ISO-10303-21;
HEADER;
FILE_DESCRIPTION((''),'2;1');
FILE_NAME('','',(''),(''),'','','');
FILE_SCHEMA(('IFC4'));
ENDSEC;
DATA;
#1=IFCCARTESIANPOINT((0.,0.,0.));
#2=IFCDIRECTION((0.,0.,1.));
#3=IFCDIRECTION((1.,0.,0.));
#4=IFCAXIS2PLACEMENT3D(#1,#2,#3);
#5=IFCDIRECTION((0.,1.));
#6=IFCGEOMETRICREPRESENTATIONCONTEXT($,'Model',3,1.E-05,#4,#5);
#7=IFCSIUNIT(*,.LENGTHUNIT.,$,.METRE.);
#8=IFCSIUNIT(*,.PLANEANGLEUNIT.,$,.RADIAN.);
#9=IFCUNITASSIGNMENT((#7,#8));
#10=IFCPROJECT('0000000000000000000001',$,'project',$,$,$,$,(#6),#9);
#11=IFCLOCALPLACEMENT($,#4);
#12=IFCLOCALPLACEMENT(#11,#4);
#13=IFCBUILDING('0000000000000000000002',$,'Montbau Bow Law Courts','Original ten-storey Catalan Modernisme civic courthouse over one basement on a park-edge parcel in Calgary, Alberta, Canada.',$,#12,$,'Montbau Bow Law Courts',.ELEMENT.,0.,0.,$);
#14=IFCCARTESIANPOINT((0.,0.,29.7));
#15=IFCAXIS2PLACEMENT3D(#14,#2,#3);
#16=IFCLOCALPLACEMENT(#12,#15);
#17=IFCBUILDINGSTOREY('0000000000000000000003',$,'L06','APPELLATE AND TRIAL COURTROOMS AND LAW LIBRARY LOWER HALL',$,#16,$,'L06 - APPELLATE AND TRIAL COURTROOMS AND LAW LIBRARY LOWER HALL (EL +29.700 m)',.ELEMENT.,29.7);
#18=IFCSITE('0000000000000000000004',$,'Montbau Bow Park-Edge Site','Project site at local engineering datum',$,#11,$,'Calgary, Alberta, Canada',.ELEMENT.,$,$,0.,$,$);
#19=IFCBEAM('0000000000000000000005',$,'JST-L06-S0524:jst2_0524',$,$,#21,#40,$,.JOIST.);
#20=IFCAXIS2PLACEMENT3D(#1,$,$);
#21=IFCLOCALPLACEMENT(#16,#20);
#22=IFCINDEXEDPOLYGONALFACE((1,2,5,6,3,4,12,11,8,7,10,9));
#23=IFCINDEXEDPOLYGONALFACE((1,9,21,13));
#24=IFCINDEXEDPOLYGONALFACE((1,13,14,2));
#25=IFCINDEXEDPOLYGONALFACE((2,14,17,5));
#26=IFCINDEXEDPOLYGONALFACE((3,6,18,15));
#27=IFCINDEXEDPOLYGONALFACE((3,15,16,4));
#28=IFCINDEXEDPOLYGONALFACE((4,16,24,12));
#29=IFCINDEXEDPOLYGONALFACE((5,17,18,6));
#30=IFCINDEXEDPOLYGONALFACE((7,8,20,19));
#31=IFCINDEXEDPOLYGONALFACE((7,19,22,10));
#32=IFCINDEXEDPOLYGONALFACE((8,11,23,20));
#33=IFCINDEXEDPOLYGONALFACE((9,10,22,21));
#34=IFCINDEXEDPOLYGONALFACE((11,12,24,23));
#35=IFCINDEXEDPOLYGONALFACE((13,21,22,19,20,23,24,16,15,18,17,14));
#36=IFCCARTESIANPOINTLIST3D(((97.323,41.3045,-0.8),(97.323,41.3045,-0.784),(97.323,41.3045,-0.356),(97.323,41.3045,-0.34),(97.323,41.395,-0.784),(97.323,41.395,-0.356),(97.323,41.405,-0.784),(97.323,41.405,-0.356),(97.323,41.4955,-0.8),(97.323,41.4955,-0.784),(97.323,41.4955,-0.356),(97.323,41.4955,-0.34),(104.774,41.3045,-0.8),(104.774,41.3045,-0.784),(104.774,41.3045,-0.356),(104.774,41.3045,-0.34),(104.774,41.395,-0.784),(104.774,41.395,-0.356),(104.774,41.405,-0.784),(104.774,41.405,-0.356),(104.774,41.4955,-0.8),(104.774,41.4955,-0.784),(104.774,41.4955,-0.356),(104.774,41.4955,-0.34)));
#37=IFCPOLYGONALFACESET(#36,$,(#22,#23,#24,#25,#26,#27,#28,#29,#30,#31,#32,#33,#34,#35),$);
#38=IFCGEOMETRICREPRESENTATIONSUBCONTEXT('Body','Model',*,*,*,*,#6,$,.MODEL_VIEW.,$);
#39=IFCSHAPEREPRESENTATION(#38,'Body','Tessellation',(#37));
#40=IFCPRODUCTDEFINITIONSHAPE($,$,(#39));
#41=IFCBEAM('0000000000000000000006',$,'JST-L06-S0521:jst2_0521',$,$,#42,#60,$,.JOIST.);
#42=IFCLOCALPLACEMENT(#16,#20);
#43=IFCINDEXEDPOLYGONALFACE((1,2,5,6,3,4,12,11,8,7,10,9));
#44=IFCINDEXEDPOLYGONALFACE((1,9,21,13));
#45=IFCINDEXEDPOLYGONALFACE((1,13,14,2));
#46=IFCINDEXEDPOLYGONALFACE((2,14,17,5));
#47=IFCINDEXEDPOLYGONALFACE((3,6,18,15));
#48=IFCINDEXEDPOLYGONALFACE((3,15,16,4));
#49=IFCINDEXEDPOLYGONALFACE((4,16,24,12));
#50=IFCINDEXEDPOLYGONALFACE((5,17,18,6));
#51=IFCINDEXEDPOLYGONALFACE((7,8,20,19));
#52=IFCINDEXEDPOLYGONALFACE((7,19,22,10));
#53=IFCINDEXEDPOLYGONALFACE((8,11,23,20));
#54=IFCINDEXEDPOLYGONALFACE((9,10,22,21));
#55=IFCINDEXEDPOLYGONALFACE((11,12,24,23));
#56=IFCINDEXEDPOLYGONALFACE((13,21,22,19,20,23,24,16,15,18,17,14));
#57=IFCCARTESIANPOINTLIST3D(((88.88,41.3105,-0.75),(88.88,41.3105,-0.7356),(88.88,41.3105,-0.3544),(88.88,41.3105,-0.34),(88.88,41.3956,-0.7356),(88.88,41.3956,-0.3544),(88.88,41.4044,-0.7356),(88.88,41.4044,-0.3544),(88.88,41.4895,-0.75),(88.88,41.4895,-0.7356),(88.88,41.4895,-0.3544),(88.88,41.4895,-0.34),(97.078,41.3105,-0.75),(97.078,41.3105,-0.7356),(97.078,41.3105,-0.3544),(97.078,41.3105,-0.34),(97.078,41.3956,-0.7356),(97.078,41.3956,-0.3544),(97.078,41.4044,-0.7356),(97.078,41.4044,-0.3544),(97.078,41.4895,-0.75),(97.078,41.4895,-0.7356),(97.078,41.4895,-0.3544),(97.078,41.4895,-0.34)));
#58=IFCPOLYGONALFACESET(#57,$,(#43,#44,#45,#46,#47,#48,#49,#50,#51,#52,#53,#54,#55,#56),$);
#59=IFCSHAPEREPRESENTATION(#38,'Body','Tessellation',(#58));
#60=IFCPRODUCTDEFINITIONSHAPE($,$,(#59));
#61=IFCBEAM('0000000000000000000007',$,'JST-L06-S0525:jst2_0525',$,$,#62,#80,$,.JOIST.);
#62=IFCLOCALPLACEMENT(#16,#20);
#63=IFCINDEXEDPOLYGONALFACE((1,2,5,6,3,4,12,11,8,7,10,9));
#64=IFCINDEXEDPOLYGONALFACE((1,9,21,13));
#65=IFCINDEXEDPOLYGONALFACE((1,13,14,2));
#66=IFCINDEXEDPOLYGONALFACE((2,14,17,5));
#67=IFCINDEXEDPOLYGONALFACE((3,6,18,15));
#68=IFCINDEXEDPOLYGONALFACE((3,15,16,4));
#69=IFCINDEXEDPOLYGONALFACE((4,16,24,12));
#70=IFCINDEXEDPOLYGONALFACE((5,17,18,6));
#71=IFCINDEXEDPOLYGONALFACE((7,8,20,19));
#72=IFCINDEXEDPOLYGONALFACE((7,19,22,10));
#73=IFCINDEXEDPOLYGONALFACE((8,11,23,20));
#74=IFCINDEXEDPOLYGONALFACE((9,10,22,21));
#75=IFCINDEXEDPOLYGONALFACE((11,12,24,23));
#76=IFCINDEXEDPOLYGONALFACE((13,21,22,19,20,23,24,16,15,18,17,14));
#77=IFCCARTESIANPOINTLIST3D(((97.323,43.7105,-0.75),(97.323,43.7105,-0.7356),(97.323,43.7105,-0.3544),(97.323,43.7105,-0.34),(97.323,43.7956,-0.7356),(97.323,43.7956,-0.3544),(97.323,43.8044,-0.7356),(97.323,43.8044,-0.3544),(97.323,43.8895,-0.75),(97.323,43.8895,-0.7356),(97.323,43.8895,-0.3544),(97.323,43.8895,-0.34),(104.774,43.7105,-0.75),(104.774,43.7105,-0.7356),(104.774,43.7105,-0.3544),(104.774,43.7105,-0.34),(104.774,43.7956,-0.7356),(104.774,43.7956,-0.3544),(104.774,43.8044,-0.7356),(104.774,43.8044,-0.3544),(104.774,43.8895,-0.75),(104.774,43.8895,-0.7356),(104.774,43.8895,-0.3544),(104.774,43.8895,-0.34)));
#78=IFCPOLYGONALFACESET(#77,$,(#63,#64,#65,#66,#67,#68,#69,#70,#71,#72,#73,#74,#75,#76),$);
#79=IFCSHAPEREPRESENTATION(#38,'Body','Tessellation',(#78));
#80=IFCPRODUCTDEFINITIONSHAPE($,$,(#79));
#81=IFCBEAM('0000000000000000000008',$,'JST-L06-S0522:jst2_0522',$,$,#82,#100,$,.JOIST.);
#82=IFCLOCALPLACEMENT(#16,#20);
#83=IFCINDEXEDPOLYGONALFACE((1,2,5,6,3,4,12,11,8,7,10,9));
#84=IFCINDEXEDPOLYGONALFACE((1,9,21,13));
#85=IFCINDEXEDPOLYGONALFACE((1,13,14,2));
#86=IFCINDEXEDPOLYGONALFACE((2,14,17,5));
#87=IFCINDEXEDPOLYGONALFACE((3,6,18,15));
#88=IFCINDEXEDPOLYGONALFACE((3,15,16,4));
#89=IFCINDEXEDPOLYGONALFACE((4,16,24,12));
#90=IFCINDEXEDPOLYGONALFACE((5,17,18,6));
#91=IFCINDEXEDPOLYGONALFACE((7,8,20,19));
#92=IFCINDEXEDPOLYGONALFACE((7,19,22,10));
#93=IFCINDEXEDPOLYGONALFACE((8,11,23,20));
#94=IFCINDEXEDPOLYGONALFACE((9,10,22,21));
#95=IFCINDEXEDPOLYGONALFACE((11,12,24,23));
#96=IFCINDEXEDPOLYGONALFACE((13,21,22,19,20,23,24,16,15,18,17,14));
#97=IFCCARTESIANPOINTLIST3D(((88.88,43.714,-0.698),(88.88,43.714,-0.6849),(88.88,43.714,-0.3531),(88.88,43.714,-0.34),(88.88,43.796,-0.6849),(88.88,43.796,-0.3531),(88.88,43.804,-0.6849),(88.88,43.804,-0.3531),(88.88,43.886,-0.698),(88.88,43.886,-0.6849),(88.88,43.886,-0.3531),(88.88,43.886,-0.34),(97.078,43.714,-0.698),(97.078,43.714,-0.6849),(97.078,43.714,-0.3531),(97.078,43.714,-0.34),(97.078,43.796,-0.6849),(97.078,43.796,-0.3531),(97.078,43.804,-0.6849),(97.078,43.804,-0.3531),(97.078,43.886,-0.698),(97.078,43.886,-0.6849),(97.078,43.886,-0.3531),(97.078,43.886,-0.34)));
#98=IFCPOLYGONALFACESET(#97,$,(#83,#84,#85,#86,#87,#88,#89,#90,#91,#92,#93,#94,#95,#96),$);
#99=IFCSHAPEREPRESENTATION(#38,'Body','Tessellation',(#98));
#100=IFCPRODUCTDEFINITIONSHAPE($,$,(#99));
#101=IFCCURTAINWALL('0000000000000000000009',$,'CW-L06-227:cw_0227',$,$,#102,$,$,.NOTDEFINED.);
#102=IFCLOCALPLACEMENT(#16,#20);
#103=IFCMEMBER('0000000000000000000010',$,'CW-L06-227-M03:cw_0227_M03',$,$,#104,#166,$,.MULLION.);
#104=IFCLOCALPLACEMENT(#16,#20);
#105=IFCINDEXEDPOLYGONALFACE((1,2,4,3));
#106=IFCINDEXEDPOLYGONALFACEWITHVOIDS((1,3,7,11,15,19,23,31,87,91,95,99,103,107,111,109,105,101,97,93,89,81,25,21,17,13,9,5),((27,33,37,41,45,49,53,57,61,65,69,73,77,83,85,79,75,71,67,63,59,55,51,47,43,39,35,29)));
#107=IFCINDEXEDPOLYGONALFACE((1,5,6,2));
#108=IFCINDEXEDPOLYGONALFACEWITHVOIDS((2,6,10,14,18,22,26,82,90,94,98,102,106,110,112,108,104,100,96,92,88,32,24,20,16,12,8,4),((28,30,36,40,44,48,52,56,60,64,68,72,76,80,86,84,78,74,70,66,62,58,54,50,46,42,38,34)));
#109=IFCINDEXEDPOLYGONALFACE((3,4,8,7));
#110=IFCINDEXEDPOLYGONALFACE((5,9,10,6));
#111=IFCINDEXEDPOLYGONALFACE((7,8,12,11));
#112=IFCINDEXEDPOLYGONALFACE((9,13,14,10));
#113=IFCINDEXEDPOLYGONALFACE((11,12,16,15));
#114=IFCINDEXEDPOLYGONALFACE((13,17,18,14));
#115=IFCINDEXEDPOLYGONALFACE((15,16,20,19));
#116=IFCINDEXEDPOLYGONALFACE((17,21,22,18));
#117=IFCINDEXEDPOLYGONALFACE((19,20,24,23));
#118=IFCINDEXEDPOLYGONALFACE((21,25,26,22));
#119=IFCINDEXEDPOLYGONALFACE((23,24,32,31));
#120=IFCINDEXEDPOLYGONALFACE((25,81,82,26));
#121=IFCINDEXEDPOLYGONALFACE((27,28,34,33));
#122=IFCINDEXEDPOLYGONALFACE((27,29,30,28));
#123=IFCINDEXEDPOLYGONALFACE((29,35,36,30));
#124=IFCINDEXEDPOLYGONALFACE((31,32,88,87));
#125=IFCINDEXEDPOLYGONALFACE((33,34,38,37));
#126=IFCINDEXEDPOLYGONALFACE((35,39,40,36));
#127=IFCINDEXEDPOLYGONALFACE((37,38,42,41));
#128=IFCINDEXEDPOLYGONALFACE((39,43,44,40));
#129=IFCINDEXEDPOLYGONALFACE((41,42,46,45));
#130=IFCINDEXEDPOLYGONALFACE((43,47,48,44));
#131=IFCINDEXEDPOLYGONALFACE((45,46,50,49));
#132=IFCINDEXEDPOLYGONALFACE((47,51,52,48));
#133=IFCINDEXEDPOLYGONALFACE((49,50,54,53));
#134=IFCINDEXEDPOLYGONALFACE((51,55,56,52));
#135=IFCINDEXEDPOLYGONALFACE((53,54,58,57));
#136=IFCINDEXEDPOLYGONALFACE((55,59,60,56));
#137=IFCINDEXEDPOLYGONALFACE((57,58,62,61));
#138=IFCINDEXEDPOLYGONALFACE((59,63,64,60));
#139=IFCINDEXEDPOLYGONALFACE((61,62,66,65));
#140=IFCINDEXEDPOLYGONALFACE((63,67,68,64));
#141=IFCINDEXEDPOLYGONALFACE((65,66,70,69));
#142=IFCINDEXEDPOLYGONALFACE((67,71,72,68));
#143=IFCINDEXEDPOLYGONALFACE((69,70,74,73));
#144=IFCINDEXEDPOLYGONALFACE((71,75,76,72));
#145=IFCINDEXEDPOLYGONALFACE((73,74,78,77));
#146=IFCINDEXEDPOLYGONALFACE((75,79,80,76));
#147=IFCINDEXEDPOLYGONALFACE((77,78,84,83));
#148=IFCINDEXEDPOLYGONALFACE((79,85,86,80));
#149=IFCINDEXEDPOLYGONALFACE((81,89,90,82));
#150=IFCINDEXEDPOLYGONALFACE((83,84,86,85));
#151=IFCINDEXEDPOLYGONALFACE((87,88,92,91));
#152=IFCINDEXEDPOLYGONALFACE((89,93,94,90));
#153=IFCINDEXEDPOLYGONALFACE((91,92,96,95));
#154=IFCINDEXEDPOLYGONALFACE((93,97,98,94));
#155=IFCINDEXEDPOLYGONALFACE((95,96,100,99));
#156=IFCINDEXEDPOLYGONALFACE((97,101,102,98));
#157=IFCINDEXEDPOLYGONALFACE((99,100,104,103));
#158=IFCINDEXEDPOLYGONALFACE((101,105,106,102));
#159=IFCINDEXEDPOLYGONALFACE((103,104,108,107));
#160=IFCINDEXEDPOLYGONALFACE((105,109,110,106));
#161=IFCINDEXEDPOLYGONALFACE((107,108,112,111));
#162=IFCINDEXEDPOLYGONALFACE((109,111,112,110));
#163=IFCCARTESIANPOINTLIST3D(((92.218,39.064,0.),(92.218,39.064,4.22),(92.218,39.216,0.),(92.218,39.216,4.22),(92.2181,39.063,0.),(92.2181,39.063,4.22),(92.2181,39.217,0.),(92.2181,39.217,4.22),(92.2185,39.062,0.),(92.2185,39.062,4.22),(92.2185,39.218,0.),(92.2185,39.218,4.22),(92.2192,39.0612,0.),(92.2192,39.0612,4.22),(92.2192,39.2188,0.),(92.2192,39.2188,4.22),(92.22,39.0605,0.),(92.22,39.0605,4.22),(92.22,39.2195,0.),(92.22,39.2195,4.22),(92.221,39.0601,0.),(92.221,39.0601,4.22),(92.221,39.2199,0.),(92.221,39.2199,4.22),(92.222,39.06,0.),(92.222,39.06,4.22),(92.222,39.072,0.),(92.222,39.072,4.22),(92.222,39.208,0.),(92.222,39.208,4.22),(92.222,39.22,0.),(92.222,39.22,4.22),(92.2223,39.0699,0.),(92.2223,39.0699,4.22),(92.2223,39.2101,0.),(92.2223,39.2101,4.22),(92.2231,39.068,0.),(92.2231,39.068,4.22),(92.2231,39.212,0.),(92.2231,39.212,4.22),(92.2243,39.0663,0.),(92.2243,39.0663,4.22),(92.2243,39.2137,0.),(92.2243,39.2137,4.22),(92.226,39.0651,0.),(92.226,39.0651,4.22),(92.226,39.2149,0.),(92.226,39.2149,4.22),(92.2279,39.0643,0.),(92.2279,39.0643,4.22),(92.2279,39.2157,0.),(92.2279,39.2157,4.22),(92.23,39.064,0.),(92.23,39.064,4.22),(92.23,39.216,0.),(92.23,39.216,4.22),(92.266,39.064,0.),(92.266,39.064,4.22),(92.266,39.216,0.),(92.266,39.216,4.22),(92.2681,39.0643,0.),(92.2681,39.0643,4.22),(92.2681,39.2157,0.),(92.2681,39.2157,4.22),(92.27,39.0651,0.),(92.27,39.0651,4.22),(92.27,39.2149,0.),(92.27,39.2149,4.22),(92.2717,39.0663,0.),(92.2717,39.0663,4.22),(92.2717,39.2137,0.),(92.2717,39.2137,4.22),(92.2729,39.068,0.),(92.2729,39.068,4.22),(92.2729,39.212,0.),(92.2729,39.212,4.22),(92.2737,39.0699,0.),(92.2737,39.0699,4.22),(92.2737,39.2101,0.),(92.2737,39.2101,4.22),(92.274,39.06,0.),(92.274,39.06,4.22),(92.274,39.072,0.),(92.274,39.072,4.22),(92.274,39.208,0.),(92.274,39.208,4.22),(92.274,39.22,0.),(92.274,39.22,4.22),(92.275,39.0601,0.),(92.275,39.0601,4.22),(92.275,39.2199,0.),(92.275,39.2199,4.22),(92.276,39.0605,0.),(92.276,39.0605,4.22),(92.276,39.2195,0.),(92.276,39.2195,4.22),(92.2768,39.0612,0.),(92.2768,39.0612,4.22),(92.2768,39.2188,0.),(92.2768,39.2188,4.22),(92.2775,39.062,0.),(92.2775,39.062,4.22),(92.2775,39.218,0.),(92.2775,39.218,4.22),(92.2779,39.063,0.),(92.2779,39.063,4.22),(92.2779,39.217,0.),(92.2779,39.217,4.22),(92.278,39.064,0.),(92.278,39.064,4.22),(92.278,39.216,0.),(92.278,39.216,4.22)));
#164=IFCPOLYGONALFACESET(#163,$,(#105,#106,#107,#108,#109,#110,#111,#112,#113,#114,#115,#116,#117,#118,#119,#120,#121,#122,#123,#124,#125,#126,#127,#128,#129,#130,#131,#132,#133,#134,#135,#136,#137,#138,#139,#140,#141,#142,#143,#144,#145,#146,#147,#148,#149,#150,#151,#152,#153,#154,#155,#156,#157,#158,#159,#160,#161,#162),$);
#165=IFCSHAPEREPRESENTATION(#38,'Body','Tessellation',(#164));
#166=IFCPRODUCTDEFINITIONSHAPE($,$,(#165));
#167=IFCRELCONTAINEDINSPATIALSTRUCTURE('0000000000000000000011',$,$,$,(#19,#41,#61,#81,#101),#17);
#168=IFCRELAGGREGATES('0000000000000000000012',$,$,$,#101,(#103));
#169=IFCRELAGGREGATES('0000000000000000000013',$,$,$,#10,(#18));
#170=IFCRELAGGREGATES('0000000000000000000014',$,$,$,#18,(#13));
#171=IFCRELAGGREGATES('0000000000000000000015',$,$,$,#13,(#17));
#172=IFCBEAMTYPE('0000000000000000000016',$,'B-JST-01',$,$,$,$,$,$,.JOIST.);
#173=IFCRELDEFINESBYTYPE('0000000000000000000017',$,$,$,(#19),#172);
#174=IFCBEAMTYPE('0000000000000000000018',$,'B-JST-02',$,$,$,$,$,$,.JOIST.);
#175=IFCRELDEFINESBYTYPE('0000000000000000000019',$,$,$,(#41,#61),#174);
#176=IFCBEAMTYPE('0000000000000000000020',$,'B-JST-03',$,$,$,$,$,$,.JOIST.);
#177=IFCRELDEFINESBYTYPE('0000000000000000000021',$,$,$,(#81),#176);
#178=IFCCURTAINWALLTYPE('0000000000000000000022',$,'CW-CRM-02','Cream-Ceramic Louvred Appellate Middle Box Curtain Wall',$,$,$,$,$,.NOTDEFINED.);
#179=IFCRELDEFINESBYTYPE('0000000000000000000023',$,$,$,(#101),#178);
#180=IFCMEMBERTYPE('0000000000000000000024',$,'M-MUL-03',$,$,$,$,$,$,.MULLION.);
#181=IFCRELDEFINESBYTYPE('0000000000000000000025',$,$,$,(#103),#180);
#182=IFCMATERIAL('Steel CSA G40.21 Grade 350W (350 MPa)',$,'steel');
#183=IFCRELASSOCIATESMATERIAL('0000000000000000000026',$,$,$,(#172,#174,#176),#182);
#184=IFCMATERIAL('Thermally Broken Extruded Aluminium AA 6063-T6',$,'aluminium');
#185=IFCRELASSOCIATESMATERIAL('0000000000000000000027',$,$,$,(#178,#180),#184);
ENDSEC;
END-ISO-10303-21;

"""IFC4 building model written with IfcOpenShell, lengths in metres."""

from ifc_helpers import new_model, si_unit, direction, frame, origin_with_axes, origin_2d_with_axis, place, context, subcontext, project, spatial, hollow_rectangle, i_section, extrude, material, material_profile, profile_set, type_object, element, aggregate, save


model = new_model("IFC4")

# Units and contexts
model_context = context("Model", 3, precision=1e-05, world=origin_with_axes(), true_north=direction((0.0, 1.0)))
body_context = subcontext(model_context, "Body", "Model", "MODEL_VIEW")
ifc_project = project(units=[si_unit("LENGTHUNIT", "METRE"), si_unit("PLANEANGLEUNIT", "RADIAN")], contexts=[model_context])

# Site, building, storey
site_placement = place(None, origin_with_axes())
site = spatial("IfcSite", under=ifc_project, at=site_placement, Name="Montbau Bow Park-Edge Site", Description="Project site at local engineering datum", LongName="Calgary, Alberta, Canada", CompositionType="ELEMENT", RefElevation=0.0)
building_placement = place(site_placement, origin_with_axes())
building = spatial("IfcBuilding", under=site, at=building_placement, Name="Montbau Bow Law Courts", Description="Original ten-storey Catalan Modernisme civic courthouse over one basement on a park-edge parcel in Calgary, Alberta, Canada.", LongName="Montbau Bow Law Courts", CompositionType="ELEMENT", ElevationOfRefHeight=0.0, ElevationOfTerrain=0.0)
storey_placement = place(building_placement, frame((0.0, 0.0, 29.7), z_axis=(0.0, 0.0, 1.0), x_axis=(1.0, 0.0, 0.0)))
storey = spatial("IfcBuildingStorey", under=building, at=storey_placement, Name="L06", Description="APPELLATE AND TRIAL COURTROOMS AND LAW LIBRARY LOWER HALL", LongName="L06 - APPELLATE AND TRIAL COURTROOMS AND LAW LIBRARY LOWER HALL (EL +29.700 m)", CompositionType="ELEMENT", Elevation=29.7)

# Beams
ifc_material_1 = material(Name="Steel CSA G40.21 Grade 350W (350 MPa)", Category="steel")
ifc_material_profile_1 = material_profile(ifc_material_1, i_section(OverallWidth=0.191, OverallDepth=0.46, WebThickness=0.0099, FlangeThickness=0.016, at=origin_2d_with_axis()), Name="W460X82", Category="Main", Priority=0)
ifc_profile_set_1 = profile_set([ifc_material_profile_1], Name="Steel CSA G40.21 Grade 350W (350 MPa)")
beam_type_1 = type_object("IfcBeamType", Name="B-JST-01", PredefinedType="JOIST", material=ifc_profile_set_1)
beam_1_placement = place(None, frame((97.323, 41.4, 29.13), z_axis=(1.0, 0.0, 0.0), x_axis=(0.0, 1.0, 0.0)))
element("IfcBeam", 1, at=beam_1_placement, inside=storey, type_object=beam_type_1, Name="JST-L06-S0524:jst2_0524", PredefinedType="JOIST", context=body_context, shape_type="SweptSolid", body=[
    extrude(i_section(OverallWidth=0.191, OverallDepth=0.46, WebThickness=0.0099, FlangeThickness=0.016, at=origin_2d_with_axis()), origin_with_axes(), (0.0, 0.0, 1.0), 7.451),
])
ifc_material_profile_2 = material_profile(ifc_material_1, i_section(OverallWidth=0.179, OverallDepth=0.41, WebThickness=0.0088, FlangeThickness=0.0144, at=origin_2d_with_axis()), Name="W410X67", Category="Main", Priority=0)
ifc_profile_set_2 = profile_set([ifc_material_profile_2], Name="Steel CSA G40.21 Grade 350W (350 MPa)")
beam_type_2 = type_object("IfcBeamType", Name="B-JST-02", PredefinedType="JOIST", material=ifc_profile_set_2)
beam_2_placement = place(None, frame((88.88, 41.4, 29.155), z_axis=(1.0, 0.0, 0.0), x_axis=(0.0, 1.0, 0.0)))
element("IfcBeam", 2, at=beam_2_placement, inside=storey, type_object=beam_type_2, Name="JST-L06-S0521:jst2_0521", PredefinedType="JOIST", context=body_context, shape_type="SweptSolid", body=[
    extrude(i_section(OverallWidth=0.179, OverallDepth=0.41, WebThickness=0.0088, FlangeThickness=0.0144, at=origin_2d_with_axis()), origin_with_axes(), (0.0, 0.0, 1.0), 8.198),
])
beam_3_placement = place(None, frame((97.323, 43.8, 29.155), z_axis=(1.0, 0.0, 0.0), x_axis=(0.0, 1.0, 0.0)))
element("IfcBeam", 3, at=beam_3_placement, inside=storey, type_object=beam_type_2, Name="JST-L06-S0525:jst2_0525", PredefinedType="JOIST", context=body_context, shape_type="SweptSolid", body=[
    extrude(i_section(OverallWidth=0.179, OverallDepth=0.41, WebThickness=0.0088, FlangeThickness=0.0144, at=origin_2d_with_axis()), origin_with_axes(), (0.0, 0.0, 1.0), 7.451),
])
ifc_material_profile_3 = material_profile(ifc_material_1, i_section(OverallWidth=0.172, OverallDepth=0.358, WebThickness=0.0079, FlangeThickness=0.0131, at=origin_2d_with_axis()), Name="W360X57", Category="Main", Priority=0)
ifc_profile_set_3 = profile_set([ifc_material_profile_3], Name="Steel CSA G40.21 Grade 350W (350 MPa)")
beam_type_3 = type_object("IfcBeamType", Name="B-JST-03", PredefinedType="JOIST", material=ifc_profile_set_3)
beam_4_placement = place(None, frame((88.88, 43.8, 29.181), z_axis=(1.0, 0.0, 0.0), x_axis=(0.0, 1.0, 0.0)))
element("IfcBeam", 4, at=beam_4_placement, inside=storey, type_object=beam_type_3, Name="JST-L06-S0522:jst2_0522", PredefinedType="JOIST", context=body_context, shape_type="SweptSolid", body=[
    extrude(i_section(OverallWidth=0.172, OverallDepth=0.358, WebThickness=0.0079, FlangeThickness=0.0131, at=origin_2d_with_axis()), origin_with_axes(), (0.0, 0.0, 1.0), 8.198),
])

# Curtain wall, member
ifc_material_2 = material(Name="Thermally Broken Extruded Aluminium AA 6063-T6", Category="aluminium")
curtain_wall_type = type_object("IfcCurtainWallType", Name="CW-CRM-02", Description="Cream-Ceramic Louvred Appellate Middle Box Curtain Wall", PredefinedType="NOTDEFINED", material=ifc_material_2)
curtain_wall_placement = place(None, frame((89.24, 39.14, 29.7), z_axis=(0.0, 0.0, 1.0), x_axis=(1.0, 0.0, 0.0)))
curtain_wall = element("IfcCurtainWall", 5, at=curtain_wall_placement, inside=storey, type_object=curtain_wall_type, Name="CW-L06-227:cw_0227", PredefinedType="NOTDEFINED")
ifc_material_profile_4 = material_profile(ifc_material_2, hollow_rectangle(XDim=0.06, YDim=0.16, WallThickness=0.004, InnerFilletRadius=0.008, OuterFilletRadius=0.004, at=origin_2d_with_axis()), Name="CWM-160X60", Category="Main", Priority=0)
ifc_profile_set_4 = profile_set([ifc_material_profile_4], Name="Thermally Broken Extruded Aluminium AA 6063-T6")
member_type_1 = type_object("IfcMemberType", Name="M-MUL-03", PredefinedType="MULLION", material=ifc_profile_set_4)
member_1_placement = place(None, frame((92.248, 39.14, 29.7), z_axis=(0.0, 0.0, 1.0), x_axis=(1.0, 0.0, 0.0)))
member_1 = element("IfcMember", 6, at=member_1_placement, type_object=member_type_1, Name="CW-L06-227-M03:cw_0227_M03", PredefinedType="MULLION", context=body_context, shape_type="SweptSolid", body=[
    extrude(hollow_rectangle(XDim=0.06, YDim=0.16, WallThickness=0.004, InnerFilletRadius=0.008, OuterFilletRadius=0.004, at=origin_2d_with_axis()), origin_with_axes(), (0.0, 0.0, 1.0), 4.22),
])
aggregate(curtain_wall, [member_1])

save(model, "model.ifc")
